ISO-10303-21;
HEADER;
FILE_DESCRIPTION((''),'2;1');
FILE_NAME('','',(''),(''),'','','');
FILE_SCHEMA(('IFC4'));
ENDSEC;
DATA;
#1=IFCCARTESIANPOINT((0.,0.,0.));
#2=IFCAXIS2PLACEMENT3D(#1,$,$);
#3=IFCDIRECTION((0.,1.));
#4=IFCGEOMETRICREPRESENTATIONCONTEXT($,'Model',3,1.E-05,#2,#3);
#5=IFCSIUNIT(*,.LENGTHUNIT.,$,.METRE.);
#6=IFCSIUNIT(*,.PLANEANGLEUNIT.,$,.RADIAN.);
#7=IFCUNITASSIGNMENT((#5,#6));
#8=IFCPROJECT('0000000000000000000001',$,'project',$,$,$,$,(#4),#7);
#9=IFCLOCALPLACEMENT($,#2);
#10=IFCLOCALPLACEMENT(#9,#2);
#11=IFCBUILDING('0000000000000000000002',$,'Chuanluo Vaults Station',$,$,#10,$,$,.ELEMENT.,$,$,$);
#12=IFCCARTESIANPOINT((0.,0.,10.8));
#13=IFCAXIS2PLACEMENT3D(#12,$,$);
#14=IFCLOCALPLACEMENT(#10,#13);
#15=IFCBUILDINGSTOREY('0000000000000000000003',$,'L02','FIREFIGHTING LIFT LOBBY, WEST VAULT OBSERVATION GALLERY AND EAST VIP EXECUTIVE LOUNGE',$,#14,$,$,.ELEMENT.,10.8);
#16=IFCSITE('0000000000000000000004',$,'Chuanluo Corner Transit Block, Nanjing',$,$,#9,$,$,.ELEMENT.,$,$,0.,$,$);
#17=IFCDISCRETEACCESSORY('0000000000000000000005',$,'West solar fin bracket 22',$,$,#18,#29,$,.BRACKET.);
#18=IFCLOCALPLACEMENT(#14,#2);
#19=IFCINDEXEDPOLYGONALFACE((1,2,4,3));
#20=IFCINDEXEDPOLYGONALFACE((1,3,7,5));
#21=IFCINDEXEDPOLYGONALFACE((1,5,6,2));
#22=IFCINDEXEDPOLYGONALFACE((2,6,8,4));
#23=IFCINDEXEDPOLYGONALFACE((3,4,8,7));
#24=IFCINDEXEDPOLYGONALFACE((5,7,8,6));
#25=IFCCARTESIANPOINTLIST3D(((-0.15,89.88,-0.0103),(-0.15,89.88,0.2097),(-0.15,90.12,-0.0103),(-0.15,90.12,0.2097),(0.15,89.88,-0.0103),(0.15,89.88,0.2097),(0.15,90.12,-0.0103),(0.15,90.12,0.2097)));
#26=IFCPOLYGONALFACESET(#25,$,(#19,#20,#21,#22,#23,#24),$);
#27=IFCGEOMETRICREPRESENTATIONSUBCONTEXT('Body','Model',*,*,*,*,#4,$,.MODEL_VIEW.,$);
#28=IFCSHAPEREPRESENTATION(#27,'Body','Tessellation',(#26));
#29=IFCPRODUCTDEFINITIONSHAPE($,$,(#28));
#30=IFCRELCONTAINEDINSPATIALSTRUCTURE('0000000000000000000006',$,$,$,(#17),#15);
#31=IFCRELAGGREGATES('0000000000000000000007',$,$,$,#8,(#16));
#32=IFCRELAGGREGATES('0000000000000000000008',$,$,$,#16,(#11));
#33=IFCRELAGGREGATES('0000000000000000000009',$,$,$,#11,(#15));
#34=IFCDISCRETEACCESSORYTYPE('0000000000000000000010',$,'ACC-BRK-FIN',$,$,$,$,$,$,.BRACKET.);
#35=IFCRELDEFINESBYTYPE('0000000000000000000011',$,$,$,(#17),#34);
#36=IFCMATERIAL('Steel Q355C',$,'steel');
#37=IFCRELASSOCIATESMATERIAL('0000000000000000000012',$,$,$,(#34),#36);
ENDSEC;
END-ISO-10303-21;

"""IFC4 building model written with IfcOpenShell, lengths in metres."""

from ifc_helpers import new_model, si_unit, direction, frame, origin, origin_2d, place, context, subcontext, project, spatial, rectangle, extrude, material, type_object, element, save


model = new_model("IFC4")

# Units and contexts
model_context = context("Model", 3, precision=1e-05, world=origin(), true_north=direction((0.0, 1.0)))
body_context = subcontext(model_context, "Body", "Model", "MODEL_VIEW")
ifc_project = project(units=[si_unit("LENGTHUNIT", "METRE"), si_unit("PLANEANGLEUNIT", "RADIAN")], contexts=[model_context])

# Site, building, storey
site_placement = place(None, origin())
site = spatial("IfcSite", under=ifc_project, at=site_placement, Name="Chuanluo Corner Transit Block, Nanjing", CompositionType="ELEMENT", RefElevation=0.0)
building_placement = place(site_placement, origin())
building = spatial("IfcBuilding", under=site, at=building_placement, Name="Chuanluo Vaults Station", CompositionType="ELEMENT")
storey_placement = place(building_placement, frame((0.0, 0.0, 10.8)))
storey = spatial("IfcBuildingStorey", under=building, at=storey_placement, Name="L02", Description="FIREFIGHTING LIFT LOBBY, WEST VAULT OBSERVATION GALLERY AND EAST VIP EXECUTIVE LOUNGE", CompositionType="ELEMENT", Elevation=10.8)

# Discrete accessory
ifc_material_1 = material(Name="Steel Q355C", Category="steel")
discrete_accessory_type = type_object("IfcDiscreteAccessoryType", Name="ACC-BRK-FIN", PredefinedType="BRACKET", material=ifc_material_1)
discrete_accessory_placement = place(storey_placement, frame((0.0, 90.0, -0.0103), z_axis=(0.0, 0.0, 1.0), x_axis=(1.0, 0.0, 0.0)))
element("IfcDiscreteAccessory", 1, at=discrete_accessory_placement, inside=storey, type_object=discrete_accessory_type, Name="West solar fin bracket 22", PredefinedType="BRACKET", context=body_context, shape_type="SweptSolid", body=[
    extrude(rectangle(XDim=0.3, YDim=0.24, at=origin_2d()), origin(), (0.0, 0.0, 1.0), 0.22),
])

save(model, "model.ifc")
